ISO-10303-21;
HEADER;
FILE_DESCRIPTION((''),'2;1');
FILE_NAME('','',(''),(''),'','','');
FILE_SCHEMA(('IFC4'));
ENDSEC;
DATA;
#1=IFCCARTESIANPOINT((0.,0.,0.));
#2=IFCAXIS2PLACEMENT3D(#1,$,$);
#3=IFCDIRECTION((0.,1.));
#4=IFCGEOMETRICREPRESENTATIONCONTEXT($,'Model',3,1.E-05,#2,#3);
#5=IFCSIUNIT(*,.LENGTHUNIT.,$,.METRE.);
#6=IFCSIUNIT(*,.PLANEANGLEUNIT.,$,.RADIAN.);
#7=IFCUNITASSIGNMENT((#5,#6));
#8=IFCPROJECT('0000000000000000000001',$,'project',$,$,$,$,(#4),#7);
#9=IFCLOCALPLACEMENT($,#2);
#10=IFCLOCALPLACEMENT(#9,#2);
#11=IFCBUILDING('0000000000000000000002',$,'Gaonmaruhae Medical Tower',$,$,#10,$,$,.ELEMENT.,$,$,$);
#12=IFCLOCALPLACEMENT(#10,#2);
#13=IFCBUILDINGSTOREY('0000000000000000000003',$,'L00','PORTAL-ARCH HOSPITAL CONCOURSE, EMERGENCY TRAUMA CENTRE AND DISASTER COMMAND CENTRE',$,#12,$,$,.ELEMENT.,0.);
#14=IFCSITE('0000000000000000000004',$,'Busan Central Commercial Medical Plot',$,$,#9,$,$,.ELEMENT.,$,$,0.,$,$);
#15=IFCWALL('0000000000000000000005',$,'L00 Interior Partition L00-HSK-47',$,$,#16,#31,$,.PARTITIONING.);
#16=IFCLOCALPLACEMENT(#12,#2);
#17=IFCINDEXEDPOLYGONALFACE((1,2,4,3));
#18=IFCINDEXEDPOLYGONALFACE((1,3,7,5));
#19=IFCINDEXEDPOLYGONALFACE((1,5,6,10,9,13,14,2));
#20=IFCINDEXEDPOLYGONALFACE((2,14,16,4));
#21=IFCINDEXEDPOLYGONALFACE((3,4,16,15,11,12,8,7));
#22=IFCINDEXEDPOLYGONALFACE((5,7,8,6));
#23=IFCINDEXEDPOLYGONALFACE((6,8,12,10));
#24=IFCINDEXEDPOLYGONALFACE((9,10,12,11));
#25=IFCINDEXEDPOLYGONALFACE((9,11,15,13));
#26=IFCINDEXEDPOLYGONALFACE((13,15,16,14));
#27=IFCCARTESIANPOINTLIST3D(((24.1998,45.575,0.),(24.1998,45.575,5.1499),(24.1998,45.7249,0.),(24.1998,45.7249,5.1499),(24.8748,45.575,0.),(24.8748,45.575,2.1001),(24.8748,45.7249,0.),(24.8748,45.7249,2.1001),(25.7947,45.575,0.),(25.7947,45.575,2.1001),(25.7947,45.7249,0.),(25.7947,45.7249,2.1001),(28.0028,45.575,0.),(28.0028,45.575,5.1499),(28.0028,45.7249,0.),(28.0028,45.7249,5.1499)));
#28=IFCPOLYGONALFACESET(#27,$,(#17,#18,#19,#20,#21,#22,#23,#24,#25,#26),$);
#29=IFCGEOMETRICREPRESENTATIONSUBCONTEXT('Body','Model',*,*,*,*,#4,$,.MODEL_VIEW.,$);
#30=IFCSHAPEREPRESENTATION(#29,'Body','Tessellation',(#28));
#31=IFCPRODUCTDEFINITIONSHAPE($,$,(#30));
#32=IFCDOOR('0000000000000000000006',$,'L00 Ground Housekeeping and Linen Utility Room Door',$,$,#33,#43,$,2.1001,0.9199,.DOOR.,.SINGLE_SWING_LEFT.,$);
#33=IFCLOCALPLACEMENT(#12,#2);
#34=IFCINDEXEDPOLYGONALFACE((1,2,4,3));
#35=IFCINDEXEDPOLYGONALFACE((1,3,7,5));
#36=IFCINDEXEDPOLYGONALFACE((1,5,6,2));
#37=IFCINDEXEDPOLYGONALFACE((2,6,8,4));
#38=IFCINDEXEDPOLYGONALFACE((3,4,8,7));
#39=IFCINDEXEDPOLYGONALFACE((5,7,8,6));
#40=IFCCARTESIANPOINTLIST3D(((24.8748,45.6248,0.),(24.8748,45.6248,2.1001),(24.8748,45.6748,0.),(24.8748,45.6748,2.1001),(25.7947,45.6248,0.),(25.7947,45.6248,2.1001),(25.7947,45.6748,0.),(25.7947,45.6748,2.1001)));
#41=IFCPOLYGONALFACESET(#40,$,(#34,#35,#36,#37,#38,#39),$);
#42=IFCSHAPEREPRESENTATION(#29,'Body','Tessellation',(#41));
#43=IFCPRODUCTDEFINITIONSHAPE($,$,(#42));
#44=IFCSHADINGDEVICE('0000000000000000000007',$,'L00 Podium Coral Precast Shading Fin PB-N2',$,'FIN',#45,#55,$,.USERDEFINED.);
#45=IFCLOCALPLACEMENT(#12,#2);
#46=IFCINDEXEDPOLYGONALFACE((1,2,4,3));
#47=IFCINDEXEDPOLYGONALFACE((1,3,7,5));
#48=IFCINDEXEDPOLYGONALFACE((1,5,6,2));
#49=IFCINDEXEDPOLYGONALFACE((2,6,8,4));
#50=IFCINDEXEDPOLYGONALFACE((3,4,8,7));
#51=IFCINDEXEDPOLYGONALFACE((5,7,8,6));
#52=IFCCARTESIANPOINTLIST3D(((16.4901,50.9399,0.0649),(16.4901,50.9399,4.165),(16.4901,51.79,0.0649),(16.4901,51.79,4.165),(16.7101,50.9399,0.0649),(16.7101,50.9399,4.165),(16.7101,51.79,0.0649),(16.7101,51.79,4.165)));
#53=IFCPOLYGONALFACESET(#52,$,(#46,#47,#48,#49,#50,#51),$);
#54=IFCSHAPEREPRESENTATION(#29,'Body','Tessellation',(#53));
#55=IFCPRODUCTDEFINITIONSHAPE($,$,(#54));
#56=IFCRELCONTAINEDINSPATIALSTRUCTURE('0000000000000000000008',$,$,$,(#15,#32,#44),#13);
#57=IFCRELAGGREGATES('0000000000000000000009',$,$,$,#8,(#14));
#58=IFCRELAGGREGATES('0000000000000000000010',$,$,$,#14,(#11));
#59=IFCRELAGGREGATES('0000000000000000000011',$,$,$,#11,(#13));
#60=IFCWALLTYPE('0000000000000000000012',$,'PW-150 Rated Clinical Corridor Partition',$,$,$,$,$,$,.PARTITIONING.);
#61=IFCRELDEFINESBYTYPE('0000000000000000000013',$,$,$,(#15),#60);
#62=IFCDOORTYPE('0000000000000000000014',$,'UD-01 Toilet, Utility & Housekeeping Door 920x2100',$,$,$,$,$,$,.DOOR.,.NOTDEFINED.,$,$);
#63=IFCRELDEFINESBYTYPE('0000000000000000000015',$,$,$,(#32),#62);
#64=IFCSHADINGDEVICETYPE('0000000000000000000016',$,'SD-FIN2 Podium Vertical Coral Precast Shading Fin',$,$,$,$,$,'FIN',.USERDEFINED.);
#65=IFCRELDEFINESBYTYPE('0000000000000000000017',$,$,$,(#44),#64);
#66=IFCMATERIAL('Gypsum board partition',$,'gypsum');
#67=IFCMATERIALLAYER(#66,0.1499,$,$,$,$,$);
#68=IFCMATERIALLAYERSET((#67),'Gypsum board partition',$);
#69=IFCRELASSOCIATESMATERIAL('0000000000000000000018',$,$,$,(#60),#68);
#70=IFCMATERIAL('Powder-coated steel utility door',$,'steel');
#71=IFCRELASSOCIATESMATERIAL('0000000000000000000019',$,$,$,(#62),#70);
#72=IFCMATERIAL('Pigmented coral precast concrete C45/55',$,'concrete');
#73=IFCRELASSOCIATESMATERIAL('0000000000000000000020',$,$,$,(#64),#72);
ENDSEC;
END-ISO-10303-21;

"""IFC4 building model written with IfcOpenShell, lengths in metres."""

from ifc_helpers import new_model, si_unit, direction, frame, frame_2d, origin, origin_2d, place, context, subcontext, project, spatial, rectangle, extrude, material, layer, layer_set, type_object, element, fill, save


model = new_model("IFC4")

# Units and contexts
model_context = context("Model", 3, precision=1e-05, world=origin(), true_north=direction((0.0, 1.0)))
body_context = subcontext(model_context, "Body", "Model", "MODEL_VIEW")
ifc_project = project(units=[si_unit("LENGTHUNIT", "METRE"), si_unit("PLANEANGLEUNIT", "RADIAN")], contexts=[model_context])

# Site, building, storey
site_placement = place(None, origin())
site = spatial("IfcSite", under=ifc_project, at=site_placement, Name="Busan Central Commercial Medical Plot", CompositionType="ELEMENT", RefElevation=0.0)
building_placement = place(site_placement, origin())
building = spatial("IfcBuilding", under=site, at=building_placement, Name="Gaonmaruhae Medical Tower", CompositionType="ELEMENT")
storey_placement = place(building_placement, origin())
storey = spatial("IfcBuildingStorey", under=building, at=storey_placement, Name="L00", Description="PORTAL-ARCH HOSPITAL CONCOURSE, EMERGENCY TRAUMA CENTRE AND DISASTER COMMAND CENTRE", CompositionType="ELEMENT", Elevation=0.0)

# Shared definitions
ifc_material_1 = material(Name="Gypsum board partition", Category="gypsum")
ifc_layer_1 = layer(ifc_material_1, 0.1499)
ifc_layer_set_1 = layer_set([ifc_layer_1], Name="Gypsum board partition")
wall_type_1 = type_object("IfcWallType", Name="PW-150 Rated Clinical Corridor Partition", PredefinedType="PARTITIONING", material=ifc_layer_set_1)

# Shared definitions
ifc_material_2 = material(Name="Powder-coated steel utility door", Category="steel")
door_type_1 = type_object("IfcDoorType", Name="UD-01 Toilet, Utility & Housekeeping Door 920x2100", OperationType="NOTDEFINED", PredefinedType="DOOR", material=ifc_material_2)

# Wall, opening, door
wall_1_placement = place(storey_placement, frame((24.2, 45.6499, 0.0), z_axis=(0.0, 0.0, 1.0), x_axis=(1.0, 0.0, 0.0)))
wall_1 = element("IfcWall", 1, at=wall_1_placement, inside=storey, type_object=wall_type_1, Name="L00 Interior Partition L00-HSK-47", PredefinedType="PARTITIONING", context=body_context, shape_type="SweptSolid", body=[
    extrude(rectangle(XDim=3.803, YDim=0.1499, at=frame_2d((1.9014, 0.0))), origin(), (0.0, 0.0, 1.0), 5.1499),
])
opening_1_placement = place(wall_1_placement, frame((0.6748, 0.0, 0.0)))
opening_1 = element("IfcOpeningElement", 2, at=opening_1_placement, cuts=wall_1, PredefinedType="OPENING", context=body_context, shape_type="SweptSolid", body=[
    extrude(rectangle(XDim=0.9199, YDim=2.1001, at=frame_2d((0.46, 1.05))), frame((0.0, 0.085, 0.0), z_axis=(0.0, -1.0, 0.0), x_axis=(1.0, 0.0, 0.0)), (0.0, 0.0, 1.0), 0.1699),
])
door_1_placement = place(opening_1_placement, origin())
door_1 = element("IfcDoor", 3, at=door_1_placement, inside=storey, type_object=door_type_1, Name="L00 Ground Housekeeping and Linen Utility Room Door", OperationType="SINGLE_SWING_LEFT", OverallHeight=2.1001, OverallWidth=0.9199, PredefinedType="DOOR", context=body_context, shape_type="SweptSolid", body=[
    extrude(rectangle(XDim=0.9199, YDim=2.1001, at=frame_2d((0.46, 1.05))), frame((0.0, 0.0249, 0.0), z_axis=(0.0, -1.0, 0.0), x_axis=(1.0, 0.0, 0.0)), (0.0, 0.0, 1.0), 0.05),
])
fill(opening_1, door_1)

# Shading device
ifc_material_3 = material(Name="Pigmented coral precast concrete C45/55", Category="concrete")
shading_device_type = type_object("IfcShadingDeviceType", Name="SD-FIN2 Podium Vertical Coral Precast Shading Fin", ElementType="FIN", PredefinedType="USERDEFINED", material=ifc_material_3)
shading_device_placement = place(storey_placement, frame((16.6001, 51.365, 0.0649), z_axis=(0.0, 0.0, 1.0), x_axis=(1.0, 0.0, 0.0)))
element("IfcShadingDevice", 4, at=shading_device_placement, inside=storey, type_object=shading_device_type, Name="L00 Podium Coral Precast Shading Fin PB-N2", ObjectType="FIN", PredefinedType="USERDEFINED", context=body_context, shape_type="SweptSolid", body=[
    extrude(rectangle(XDim=0.22, YDim=0.8501, at=origin_2d()), origin(), (0.0, 0.0, 1.0), 4.1001),
])

save(model, "model.ifc")
